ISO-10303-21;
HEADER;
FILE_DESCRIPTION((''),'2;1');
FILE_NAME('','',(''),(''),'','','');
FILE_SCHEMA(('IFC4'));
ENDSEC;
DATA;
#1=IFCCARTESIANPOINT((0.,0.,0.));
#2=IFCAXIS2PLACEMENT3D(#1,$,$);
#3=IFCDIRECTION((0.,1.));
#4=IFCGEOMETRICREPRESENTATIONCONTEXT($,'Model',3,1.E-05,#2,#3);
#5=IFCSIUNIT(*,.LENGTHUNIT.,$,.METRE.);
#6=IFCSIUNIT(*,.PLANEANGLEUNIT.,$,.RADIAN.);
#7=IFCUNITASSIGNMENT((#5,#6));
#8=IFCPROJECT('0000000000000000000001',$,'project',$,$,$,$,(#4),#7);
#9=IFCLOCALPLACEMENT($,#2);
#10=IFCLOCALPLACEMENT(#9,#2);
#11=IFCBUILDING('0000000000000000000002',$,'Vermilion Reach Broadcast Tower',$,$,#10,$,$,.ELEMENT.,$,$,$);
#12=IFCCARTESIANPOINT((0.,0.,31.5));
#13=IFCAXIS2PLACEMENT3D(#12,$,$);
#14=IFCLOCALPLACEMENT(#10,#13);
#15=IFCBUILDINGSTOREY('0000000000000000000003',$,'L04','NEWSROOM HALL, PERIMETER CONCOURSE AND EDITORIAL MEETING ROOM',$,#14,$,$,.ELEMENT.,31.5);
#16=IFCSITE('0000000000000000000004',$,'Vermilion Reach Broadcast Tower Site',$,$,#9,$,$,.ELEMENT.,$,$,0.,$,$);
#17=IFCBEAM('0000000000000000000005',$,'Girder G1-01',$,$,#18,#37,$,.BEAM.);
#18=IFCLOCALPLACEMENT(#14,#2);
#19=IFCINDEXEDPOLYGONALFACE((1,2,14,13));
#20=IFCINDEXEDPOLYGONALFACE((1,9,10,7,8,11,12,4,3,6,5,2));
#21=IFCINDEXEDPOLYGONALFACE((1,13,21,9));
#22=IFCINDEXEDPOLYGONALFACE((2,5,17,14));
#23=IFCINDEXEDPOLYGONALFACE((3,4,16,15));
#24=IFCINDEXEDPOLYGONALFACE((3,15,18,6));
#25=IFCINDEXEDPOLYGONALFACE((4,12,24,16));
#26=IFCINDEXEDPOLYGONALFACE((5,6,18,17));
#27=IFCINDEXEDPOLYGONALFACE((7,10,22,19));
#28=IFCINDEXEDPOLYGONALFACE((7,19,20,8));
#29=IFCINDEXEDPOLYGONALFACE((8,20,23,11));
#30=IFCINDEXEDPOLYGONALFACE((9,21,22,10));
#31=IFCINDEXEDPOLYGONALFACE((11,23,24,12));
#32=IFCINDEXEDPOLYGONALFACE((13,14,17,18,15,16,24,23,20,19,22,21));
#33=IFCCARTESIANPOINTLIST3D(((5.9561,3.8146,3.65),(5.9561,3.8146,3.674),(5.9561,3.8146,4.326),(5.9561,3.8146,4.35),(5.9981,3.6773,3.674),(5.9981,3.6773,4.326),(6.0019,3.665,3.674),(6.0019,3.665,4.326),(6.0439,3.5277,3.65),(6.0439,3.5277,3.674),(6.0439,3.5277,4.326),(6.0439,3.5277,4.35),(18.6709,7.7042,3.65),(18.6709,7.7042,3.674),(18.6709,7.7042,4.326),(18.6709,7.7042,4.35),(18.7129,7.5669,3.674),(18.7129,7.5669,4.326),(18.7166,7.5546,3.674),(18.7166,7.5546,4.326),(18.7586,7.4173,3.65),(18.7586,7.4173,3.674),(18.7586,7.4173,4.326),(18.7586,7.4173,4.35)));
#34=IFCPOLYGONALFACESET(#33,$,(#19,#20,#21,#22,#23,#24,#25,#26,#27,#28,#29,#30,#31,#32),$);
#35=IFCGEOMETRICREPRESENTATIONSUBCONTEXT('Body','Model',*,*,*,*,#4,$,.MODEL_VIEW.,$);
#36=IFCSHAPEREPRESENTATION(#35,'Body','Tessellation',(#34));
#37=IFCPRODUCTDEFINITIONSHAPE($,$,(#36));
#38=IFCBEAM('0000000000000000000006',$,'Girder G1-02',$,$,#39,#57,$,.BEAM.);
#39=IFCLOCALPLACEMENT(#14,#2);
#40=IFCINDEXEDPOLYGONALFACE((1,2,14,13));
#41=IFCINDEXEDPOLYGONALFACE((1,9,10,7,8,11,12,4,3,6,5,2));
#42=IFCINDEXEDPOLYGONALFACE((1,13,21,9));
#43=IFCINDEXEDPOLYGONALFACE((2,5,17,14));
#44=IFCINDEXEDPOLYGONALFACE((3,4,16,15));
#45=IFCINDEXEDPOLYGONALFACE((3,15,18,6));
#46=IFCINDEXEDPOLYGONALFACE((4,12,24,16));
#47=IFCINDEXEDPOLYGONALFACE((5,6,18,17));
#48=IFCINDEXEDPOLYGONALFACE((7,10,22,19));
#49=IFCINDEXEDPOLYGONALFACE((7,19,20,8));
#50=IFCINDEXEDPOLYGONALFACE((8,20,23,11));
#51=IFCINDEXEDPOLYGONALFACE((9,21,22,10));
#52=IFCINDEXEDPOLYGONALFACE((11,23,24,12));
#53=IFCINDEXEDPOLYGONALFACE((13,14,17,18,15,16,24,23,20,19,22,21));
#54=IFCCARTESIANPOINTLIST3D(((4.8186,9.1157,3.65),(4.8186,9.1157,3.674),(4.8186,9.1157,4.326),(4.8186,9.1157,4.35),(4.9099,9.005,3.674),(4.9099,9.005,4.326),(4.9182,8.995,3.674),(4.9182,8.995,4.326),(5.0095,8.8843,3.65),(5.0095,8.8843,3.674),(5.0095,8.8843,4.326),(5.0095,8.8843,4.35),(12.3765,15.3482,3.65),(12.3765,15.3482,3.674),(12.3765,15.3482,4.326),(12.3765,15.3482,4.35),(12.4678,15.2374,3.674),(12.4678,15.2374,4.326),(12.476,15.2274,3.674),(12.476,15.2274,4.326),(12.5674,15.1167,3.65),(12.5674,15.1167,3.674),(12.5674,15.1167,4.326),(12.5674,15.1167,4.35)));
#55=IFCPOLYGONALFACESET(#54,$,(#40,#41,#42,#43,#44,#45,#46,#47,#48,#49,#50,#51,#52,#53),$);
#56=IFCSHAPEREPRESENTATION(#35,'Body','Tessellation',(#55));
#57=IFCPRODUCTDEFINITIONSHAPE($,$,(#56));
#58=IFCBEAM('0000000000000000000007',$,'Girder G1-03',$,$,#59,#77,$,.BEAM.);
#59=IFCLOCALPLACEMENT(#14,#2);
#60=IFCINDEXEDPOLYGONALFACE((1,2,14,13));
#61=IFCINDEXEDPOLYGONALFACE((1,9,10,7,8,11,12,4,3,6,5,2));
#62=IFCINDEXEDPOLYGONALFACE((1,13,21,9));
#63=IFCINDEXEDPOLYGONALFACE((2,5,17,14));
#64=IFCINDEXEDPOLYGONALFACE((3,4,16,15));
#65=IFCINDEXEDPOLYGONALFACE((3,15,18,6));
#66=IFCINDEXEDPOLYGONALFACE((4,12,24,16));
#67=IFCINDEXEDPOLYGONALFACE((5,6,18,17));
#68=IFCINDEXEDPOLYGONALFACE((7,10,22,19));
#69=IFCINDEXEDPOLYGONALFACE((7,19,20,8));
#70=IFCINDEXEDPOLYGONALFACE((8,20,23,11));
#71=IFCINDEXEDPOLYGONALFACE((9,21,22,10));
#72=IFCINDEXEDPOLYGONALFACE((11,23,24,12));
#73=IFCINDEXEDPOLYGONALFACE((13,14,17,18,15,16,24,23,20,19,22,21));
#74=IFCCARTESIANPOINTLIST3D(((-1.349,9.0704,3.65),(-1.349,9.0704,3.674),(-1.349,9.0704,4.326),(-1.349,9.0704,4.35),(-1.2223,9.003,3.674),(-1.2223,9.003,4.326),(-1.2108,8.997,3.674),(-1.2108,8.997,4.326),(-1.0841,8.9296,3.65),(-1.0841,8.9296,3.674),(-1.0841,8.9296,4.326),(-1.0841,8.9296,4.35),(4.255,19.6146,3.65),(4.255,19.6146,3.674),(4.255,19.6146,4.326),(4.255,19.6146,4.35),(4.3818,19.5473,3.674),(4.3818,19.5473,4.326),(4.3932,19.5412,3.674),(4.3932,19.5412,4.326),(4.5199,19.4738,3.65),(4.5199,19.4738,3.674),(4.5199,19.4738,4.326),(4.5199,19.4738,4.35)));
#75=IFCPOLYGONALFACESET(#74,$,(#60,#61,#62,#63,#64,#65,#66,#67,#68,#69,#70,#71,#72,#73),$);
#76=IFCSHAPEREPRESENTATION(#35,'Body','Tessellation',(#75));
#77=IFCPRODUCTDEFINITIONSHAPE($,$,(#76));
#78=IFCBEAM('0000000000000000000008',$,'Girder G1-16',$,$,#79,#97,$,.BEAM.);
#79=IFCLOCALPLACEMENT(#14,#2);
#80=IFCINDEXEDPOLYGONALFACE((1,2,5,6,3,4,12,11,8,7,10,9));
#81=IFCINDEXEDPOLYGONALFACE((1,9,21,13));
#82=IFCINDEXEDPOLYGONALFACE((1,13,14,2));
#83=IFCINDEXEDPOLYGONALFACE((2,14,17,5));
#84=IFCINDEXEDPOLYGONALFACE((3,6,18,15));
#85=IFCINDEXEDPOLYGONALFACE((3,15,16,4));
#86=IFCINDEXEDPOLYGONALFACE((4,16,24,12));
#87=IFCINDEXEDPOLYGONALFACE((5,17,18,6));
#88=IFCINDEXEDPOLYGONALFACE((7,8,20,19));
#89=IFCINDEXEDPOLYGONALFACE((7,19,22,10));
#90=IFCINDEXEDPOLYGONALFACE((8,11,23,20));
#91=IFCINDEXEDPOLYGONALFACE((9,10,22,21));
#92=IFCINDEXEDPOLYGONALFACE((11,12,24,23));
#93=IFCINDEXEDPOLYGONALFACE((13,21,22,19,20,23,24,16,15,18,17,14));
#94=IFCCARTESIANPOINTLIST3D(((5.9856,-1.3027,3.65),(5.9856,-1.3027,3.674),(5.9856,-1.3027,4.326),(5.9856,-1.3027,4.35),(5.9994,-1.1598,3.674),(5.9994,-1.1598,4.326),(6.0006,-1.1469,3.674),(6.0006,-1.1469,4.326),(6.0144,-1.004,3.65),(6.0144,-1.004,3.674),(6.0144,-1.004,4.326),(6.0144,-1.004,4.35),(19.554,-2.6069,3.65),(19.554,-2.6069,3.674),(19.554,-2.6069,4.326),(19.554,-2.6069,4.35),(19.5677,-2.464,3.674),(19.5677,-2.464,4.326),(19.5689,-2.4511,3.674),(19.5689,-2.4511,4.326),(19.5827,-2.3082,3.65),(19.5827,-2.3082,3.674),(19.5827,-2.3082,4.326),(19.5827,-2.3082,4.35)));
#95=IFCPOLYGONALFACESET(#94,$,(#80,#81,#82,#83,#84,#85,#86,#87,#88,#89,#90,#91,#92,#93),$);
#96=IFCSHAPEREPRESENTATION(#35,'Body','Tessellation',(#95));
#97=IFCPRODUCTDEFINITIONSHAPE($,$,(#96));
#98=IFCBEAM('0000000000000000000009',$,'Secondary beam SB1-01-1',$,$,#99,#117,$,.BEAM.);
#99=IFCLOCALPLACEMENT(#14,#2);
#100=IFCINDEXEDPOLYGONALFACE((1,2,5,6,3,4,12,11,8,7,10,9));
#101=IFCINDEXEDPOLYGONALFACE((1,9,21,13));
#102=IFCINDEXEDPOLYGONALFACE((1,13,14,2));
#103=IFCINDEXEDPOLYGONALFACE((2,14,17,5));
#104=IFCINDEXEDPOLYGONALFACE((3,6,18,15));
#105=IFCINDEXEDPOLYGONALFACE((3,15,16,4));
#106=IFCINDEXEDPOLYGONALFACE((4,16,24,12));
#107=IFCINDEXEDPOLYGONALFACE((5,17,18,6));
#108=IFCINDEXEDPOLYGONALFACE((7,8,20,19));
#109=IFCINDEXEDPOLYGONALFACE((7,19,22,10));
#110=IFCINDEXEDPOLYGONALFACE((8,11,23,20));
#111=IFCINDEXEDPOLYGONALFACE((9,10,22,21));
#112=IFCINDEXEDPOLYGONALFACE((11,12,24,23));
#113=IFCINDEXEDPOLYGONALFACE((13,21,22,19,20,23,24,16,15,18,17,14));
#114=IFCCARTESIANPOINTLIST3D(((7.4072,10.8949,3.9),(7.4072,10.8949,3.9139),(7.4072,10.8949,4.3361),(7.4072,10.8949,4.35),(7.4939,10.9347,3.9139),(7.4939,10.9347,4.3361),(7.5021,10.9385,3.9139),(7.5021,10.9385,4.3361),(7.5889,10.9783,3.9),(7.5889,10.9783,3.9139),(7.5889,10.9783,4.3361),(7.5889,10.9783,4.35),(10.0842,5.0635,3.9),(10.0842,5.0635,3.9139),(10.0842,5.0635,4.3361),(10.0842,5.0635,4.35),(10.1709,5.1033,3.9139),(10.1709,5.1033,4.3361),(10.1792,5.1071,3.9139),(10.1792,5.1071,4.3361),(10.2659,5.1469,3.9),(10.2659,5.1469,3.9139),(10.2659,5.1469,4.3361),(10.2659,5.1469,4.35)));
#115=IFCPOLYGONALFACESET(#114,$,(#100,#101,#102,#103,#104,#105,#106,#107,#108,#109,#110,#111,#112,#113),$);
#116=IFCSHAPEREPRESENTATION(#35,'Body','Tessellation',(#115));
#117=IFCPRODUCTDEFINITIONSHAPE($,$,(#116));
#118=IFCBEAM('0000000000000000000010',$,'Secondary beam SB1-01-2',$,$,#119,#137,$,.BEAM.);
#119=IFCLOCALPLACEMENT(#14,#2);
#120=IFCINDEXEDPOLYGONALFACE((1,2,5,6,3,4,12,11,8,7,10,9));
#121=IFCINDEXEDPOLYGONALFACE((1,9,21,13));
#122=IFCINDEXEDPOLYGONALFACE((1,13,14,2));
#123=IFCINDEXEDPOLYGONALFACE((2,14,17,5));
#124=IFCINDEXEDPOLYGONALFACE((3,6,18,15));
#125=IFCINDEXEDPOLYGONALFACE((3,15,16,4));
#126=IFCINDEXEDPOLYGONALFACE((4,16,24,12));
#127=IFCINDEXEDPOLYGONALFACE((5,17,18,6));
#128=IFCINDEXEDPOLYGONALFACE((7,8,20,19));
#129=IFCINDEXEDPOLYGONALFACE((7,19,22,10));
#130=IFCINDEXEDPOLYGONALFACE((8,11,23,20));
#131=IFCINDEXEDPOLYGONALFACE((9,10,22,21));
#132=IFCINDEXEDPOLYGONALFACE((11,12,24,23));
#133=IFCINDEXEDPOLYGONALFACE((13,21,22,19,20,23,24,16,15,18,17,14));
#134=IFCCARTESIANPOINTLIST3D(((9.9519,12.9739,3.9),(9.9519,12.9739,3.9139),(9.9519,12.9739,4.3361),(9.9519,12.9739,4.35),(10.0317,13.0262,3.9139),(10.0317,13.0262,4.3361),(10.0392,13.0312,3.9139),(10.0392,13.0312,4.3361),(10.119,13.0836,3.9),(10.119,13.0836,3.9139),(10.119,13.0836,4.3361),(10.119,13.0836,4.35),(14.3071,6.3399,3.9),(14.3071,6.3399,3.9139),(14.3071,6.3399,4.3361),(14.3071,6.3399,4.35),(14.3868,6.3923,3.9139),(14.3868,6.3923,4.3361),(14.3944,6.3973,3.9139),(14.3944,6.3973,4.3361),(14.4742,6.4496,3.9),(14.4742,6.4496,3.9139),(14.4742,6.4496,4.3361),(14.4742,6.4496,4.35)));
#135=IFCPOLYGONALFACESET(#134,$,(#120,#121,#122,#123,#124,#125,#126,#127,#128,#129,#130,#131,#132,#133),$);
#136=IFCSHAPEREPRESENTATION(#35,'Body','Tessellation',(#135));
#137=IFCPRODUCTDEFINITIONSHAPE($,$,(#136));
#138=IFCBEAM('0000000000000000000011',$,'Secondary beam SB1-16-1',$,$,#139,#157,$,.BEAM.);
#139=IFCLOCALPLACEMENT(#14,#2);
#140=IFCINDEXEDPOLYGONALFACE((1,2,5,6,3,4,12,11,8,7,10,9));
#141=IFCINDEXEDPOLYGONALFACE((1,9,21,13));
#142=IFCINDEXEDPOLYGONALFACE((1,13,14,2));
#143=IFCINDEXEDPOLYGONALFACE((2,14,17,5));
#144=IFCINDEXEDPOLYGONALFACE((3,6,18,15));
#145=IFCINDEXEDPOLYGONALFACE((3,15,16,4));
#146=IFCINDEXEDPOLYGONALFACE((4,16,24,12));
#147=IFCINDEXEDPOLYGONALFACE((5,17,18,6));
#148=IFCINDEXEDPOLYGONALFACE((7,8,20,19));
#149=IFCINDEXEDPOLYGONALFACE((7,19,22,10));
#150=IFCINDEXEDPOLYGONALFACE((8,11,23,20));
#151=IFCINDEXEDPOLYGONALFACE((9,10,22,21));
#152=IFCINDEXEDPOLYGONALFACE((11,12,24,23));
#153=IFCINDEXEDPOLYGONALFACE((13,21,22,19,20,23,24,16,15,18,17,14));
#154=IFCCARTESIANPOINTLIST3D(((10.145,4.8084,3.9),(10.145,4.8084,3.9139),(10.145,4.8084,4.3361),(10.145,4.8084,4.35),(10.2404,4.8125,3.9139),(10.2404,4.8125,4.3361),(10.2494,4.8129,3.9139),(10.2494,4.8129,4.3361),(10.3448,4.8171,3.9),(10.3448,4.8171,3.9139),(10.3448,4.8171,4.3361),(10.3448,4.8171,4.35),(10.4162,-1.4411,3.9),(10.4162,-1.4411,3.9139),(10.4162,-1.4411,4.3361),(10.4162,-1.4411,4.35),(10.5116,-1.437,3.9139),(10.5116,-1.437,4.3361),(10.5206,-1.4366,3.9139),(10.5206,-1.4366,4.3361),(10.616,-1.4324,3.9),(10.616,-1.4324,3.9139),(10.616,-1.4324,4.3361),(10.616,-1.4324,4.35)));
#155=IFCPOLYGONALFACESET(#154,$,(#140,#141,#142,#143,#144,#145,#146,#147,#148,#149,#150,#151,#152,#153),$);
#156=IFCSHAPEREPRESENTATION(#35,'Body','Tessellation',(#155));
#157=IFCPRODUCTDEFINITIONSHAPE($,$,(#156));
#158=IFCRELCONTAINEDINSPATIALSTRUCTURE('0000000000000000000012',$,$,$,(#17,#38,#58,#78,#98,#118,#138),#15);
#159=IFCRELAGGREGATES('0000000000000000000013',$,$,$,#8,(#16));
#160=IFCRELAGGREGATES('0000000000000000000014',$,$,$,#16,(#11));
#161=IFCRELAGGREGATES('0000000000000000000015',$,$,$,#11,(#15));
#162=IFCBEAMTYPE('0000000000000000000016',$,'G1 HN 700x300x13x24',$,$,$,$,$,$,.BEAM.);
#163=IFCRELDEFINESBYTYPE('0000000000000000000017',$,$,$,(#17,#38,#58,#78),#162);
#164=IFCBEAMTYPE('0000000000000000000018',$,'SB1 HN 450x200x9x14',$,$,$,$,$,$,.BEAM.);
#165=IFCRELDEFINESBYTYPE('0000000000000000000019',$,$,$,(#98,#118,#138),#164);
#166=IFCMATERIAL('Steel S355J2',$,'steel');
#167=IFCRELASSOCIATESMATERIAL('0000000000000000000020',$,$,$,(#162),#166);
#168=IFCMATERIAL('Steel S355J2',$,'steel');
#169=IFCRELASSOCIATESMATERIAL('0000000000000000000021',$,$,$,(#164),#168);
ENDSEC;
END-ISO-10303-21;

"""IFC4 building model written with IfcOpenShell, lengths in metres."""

from ifc_helpers import new_model, si_unit, direction, frame, origin, origin_2d, place, context, subcontext, project, spatial, i_section, extrude, material, material_profile, profile_set, type_object, element, save


model = new_model("IFC4")

# Units and contexts
model_context = context("Model", 3, precision=1e-05, world=origin(), true_north=direction((0.0, 1.0)))
body_context = subcontext(model_context, "Body", "Model", "MODEL_VIEW")
ifc_project = project(units=[si_unit("LENGTHUNIT", "METRE"), si_unit("PLANEANGLEUNIT", "RADIAN")], contexts=[model_context])

# Site, building, storey
site_placement = place(None, origin())
site = spatial("IfcSite", under=ifc_project, at=site_placement, Name="Vermilion Reach Broadcast Tower Site", CompositionType="ELEMENT", RefElevation=0.0)
building_placement = place(site_placement, origin())
building = spatial("IfcBuilding", under=site, at=building_placement, Name="Vermilion Reach Broadcast Tower", CompositionType="ELEMENT")
storey_placement = place(building_placement, frame((0.0, 0.0, 31.5)))
storey = spatial("IfcBuildingStorey", under=building, at=storey_placement, Name="L04", Description="NEWSROOM HALL, PERIMETER CONCOURSE AND EDITORIAL MEETING ROOM", CompositionType="ELEMENT", Elevation=31.5)

# Beams
ifc_material_1 = material(Name="Steel S355J2", Category="steel")
ifc_material_profile_1 = material_profile(ifc_material_1, i_section(OverallWidth=0.3, OverallDepth=0.7, WebThickness=0.0129, FlangeThickness=0.0239, at=origin_2d()), Name="S355J2 HN 700x300x13x24")
ifc_profile_set_1 = profile_set([ifc_material_profile_1], Name="Steel S355J2")
beam_type_1 = type_object("IfcBeamType", Name="G1 HN 700x300x13x24", PredefinedType="BEAM", material=ifc_profile_set_1)
beam_1_placement = place(storey_placement, frame((6.0, 3.6711, 4.0), z_axis=(0.956256, 0.292532, 0.0), x_axis=(-0.292532, 0.956256, 0.0)))
element("IfcBeam", 1, at=beam_1_placement, inside=storey, type_object=beam_type_1, Name="Girder G1-01", PredefinedType="BEAM", context=body_context, shape_type="SweptSolid", body=[
    extrude(i_section(OverallWidth=0.3, OverallDepth=0.7, WebThickness=0.0129, FlangeThickness=0.0239, at=origin_2d()), origin(), (0.0, 0.0, 1.0), 13.2964),
])
beam_2_placement = place(storey_placement, frame((4.9141, 9.0, 4.0), z_axis=(0.771514, 0.636212, 0.0), x_axis=(-0.636212, 0.771514, 0.0)))
element("IfcBeam", 2, at=beam_2_placement, inside=storey, type_object=beam_type_1, Name="Girder G1-02", PredefinedType="BEAM", context=body_context, shape_type="SweptSolid", body=[
    extrude(i_section(OverallWidth=0.3, OverallDepth=0.7, WebThickness=0.0129, FlangeThickness=0.0239, at=origin_2d()), origin(), (0.0, 0.0, 1.0), 9.7961),
])
beam_3_placement = place(storey_placement, frame((-1.2166, 9.0, 4.0), z_axis=(0.469312, 0.883032, 0.0), x_axis=(-0.883032, 0.469312, 0.0)))
element("IfcBeam", 3, at=beam_3_placement, inside=storey, type_object=beam_type_1, Name="Girder G1-03", PredefinedType="BEAM", context=body_context, shape_type="SweptSolid", body=[
    extrude(i_section(OverallWidth=0.3, OverallDepth=0.7, WebThickness=0.0129, FlangeThickness=0.0239, at=origin_2d()), origin(), (0.0, 0.0, 1.0), 11.9409),
])
beam_4_placement = place(storey_placement, frame((6.0, -1.1533, 4.0), z_axis=(0.995412, -0.09568, 0.0), x_axis=(0.09568, 0.995412, 0.0)))
element("IfcBeam", 4, at=beam_4_placement, inside=storey, type_object=beam_type_1, Name="Girder G1-16", PredefinedType="BEAM", context=body_context, shape_type="SweptSolid", body=[
    extrude(i_section(OverallWidth=0.3, OverallDepth=0.7, WebThickness=0.0129, FlangeThickness=0.0239, at=origin_2d()), origin(), (0.0, 0.0, 1.0), 13.6309),
])
ifc_material_2 = material(Name="Steel S355J2", Category="steel")
ifc_material_profile_2 = material_profile(ifc_material_2, i_section(OverallWidth=0.2, OverallDepth=0.45, WebThickness=0.009, FlangeThickness=0.0139, at=origin_2d()), Name="S355J2 HN 450x200x9x14")
ifc_profile_set_2 = profile_set([ifc_material_profile_2], Name="Steel S355J2")
beam_type_2 = type_object("IfcBeamType", Name="SB1 HN 450x200x9x14", PredefinedType="BEAM", material=ifc_profile_set_2)
beam_5_placement = place(storey_placement, frame((10.175, 5.1052, 4.125), z_axis=(-0.417211, 0.908809, 0.0), x_axis=(-0.908809, -0.417211, 0.0)))
element("IfcBeam", 5, at=beam_5_placement, inside=storey, type_object=beam_type_2, Name="Secondary beam SB1-01-1", PredefinedType="BEAM", context=body_context, shape_type="SweptSolid", body=[
    extrude(i_section(OverallWidth=0.2, OverallDepth=0.45, WebThickness=0.009, FlangeThickness=0.0139, at=origin_2d()), origin(), (0.0, 0.0, 1.0), 6.4165),
])
beam_6_placement = place(storey_placement, frame((14.3906, 6.3948, 4.125), z_axis=(-0.548801, 0.835953, 0.0), x_axis=(-0.835953, -0.548801, 0.0)))
element("IfcBeam", 6, at=beam_6_placement, inside=storey, type_object=beam_type_2, Name="Secondary beam SB1-01-2", PredefinedType="BEAM", context=body_context, shape_type="SweptSolid", body=[
    extrude(i_section(OverallWidth=0.2, OverallDepth=0.45, WebThickness=0.009, FlangeThickness=0.0139, at=origin_2d()), origin(), (0.0, 0.0, 1.0), 7.9358),
])
beam_7_placement = place(storey_placement, frame((10.5161, -1.4368, 4.125), z_axis=(-0.043361, 0.999059, 0.0), x_axis=(-0.999059, -0.043361, 0.0)))
element("IfcBeam", 7, at=beam_7_placement, inside=storey, type_object=beam_type_2, Name="Secondary beam SB1-16-1", PredefinedType="BEAM", context=body_context, shape_type="SweptSolid", body=[
    extrude(i_section(OverallWidth=0.2, OverallDepth=0.45, WebThickness=0.009, FlangeThickness=0.0139, at=origin_2d()), origin(), (0.0, 0.0, 1.0), 6.2554),
])

save(model, "model.ifc")
